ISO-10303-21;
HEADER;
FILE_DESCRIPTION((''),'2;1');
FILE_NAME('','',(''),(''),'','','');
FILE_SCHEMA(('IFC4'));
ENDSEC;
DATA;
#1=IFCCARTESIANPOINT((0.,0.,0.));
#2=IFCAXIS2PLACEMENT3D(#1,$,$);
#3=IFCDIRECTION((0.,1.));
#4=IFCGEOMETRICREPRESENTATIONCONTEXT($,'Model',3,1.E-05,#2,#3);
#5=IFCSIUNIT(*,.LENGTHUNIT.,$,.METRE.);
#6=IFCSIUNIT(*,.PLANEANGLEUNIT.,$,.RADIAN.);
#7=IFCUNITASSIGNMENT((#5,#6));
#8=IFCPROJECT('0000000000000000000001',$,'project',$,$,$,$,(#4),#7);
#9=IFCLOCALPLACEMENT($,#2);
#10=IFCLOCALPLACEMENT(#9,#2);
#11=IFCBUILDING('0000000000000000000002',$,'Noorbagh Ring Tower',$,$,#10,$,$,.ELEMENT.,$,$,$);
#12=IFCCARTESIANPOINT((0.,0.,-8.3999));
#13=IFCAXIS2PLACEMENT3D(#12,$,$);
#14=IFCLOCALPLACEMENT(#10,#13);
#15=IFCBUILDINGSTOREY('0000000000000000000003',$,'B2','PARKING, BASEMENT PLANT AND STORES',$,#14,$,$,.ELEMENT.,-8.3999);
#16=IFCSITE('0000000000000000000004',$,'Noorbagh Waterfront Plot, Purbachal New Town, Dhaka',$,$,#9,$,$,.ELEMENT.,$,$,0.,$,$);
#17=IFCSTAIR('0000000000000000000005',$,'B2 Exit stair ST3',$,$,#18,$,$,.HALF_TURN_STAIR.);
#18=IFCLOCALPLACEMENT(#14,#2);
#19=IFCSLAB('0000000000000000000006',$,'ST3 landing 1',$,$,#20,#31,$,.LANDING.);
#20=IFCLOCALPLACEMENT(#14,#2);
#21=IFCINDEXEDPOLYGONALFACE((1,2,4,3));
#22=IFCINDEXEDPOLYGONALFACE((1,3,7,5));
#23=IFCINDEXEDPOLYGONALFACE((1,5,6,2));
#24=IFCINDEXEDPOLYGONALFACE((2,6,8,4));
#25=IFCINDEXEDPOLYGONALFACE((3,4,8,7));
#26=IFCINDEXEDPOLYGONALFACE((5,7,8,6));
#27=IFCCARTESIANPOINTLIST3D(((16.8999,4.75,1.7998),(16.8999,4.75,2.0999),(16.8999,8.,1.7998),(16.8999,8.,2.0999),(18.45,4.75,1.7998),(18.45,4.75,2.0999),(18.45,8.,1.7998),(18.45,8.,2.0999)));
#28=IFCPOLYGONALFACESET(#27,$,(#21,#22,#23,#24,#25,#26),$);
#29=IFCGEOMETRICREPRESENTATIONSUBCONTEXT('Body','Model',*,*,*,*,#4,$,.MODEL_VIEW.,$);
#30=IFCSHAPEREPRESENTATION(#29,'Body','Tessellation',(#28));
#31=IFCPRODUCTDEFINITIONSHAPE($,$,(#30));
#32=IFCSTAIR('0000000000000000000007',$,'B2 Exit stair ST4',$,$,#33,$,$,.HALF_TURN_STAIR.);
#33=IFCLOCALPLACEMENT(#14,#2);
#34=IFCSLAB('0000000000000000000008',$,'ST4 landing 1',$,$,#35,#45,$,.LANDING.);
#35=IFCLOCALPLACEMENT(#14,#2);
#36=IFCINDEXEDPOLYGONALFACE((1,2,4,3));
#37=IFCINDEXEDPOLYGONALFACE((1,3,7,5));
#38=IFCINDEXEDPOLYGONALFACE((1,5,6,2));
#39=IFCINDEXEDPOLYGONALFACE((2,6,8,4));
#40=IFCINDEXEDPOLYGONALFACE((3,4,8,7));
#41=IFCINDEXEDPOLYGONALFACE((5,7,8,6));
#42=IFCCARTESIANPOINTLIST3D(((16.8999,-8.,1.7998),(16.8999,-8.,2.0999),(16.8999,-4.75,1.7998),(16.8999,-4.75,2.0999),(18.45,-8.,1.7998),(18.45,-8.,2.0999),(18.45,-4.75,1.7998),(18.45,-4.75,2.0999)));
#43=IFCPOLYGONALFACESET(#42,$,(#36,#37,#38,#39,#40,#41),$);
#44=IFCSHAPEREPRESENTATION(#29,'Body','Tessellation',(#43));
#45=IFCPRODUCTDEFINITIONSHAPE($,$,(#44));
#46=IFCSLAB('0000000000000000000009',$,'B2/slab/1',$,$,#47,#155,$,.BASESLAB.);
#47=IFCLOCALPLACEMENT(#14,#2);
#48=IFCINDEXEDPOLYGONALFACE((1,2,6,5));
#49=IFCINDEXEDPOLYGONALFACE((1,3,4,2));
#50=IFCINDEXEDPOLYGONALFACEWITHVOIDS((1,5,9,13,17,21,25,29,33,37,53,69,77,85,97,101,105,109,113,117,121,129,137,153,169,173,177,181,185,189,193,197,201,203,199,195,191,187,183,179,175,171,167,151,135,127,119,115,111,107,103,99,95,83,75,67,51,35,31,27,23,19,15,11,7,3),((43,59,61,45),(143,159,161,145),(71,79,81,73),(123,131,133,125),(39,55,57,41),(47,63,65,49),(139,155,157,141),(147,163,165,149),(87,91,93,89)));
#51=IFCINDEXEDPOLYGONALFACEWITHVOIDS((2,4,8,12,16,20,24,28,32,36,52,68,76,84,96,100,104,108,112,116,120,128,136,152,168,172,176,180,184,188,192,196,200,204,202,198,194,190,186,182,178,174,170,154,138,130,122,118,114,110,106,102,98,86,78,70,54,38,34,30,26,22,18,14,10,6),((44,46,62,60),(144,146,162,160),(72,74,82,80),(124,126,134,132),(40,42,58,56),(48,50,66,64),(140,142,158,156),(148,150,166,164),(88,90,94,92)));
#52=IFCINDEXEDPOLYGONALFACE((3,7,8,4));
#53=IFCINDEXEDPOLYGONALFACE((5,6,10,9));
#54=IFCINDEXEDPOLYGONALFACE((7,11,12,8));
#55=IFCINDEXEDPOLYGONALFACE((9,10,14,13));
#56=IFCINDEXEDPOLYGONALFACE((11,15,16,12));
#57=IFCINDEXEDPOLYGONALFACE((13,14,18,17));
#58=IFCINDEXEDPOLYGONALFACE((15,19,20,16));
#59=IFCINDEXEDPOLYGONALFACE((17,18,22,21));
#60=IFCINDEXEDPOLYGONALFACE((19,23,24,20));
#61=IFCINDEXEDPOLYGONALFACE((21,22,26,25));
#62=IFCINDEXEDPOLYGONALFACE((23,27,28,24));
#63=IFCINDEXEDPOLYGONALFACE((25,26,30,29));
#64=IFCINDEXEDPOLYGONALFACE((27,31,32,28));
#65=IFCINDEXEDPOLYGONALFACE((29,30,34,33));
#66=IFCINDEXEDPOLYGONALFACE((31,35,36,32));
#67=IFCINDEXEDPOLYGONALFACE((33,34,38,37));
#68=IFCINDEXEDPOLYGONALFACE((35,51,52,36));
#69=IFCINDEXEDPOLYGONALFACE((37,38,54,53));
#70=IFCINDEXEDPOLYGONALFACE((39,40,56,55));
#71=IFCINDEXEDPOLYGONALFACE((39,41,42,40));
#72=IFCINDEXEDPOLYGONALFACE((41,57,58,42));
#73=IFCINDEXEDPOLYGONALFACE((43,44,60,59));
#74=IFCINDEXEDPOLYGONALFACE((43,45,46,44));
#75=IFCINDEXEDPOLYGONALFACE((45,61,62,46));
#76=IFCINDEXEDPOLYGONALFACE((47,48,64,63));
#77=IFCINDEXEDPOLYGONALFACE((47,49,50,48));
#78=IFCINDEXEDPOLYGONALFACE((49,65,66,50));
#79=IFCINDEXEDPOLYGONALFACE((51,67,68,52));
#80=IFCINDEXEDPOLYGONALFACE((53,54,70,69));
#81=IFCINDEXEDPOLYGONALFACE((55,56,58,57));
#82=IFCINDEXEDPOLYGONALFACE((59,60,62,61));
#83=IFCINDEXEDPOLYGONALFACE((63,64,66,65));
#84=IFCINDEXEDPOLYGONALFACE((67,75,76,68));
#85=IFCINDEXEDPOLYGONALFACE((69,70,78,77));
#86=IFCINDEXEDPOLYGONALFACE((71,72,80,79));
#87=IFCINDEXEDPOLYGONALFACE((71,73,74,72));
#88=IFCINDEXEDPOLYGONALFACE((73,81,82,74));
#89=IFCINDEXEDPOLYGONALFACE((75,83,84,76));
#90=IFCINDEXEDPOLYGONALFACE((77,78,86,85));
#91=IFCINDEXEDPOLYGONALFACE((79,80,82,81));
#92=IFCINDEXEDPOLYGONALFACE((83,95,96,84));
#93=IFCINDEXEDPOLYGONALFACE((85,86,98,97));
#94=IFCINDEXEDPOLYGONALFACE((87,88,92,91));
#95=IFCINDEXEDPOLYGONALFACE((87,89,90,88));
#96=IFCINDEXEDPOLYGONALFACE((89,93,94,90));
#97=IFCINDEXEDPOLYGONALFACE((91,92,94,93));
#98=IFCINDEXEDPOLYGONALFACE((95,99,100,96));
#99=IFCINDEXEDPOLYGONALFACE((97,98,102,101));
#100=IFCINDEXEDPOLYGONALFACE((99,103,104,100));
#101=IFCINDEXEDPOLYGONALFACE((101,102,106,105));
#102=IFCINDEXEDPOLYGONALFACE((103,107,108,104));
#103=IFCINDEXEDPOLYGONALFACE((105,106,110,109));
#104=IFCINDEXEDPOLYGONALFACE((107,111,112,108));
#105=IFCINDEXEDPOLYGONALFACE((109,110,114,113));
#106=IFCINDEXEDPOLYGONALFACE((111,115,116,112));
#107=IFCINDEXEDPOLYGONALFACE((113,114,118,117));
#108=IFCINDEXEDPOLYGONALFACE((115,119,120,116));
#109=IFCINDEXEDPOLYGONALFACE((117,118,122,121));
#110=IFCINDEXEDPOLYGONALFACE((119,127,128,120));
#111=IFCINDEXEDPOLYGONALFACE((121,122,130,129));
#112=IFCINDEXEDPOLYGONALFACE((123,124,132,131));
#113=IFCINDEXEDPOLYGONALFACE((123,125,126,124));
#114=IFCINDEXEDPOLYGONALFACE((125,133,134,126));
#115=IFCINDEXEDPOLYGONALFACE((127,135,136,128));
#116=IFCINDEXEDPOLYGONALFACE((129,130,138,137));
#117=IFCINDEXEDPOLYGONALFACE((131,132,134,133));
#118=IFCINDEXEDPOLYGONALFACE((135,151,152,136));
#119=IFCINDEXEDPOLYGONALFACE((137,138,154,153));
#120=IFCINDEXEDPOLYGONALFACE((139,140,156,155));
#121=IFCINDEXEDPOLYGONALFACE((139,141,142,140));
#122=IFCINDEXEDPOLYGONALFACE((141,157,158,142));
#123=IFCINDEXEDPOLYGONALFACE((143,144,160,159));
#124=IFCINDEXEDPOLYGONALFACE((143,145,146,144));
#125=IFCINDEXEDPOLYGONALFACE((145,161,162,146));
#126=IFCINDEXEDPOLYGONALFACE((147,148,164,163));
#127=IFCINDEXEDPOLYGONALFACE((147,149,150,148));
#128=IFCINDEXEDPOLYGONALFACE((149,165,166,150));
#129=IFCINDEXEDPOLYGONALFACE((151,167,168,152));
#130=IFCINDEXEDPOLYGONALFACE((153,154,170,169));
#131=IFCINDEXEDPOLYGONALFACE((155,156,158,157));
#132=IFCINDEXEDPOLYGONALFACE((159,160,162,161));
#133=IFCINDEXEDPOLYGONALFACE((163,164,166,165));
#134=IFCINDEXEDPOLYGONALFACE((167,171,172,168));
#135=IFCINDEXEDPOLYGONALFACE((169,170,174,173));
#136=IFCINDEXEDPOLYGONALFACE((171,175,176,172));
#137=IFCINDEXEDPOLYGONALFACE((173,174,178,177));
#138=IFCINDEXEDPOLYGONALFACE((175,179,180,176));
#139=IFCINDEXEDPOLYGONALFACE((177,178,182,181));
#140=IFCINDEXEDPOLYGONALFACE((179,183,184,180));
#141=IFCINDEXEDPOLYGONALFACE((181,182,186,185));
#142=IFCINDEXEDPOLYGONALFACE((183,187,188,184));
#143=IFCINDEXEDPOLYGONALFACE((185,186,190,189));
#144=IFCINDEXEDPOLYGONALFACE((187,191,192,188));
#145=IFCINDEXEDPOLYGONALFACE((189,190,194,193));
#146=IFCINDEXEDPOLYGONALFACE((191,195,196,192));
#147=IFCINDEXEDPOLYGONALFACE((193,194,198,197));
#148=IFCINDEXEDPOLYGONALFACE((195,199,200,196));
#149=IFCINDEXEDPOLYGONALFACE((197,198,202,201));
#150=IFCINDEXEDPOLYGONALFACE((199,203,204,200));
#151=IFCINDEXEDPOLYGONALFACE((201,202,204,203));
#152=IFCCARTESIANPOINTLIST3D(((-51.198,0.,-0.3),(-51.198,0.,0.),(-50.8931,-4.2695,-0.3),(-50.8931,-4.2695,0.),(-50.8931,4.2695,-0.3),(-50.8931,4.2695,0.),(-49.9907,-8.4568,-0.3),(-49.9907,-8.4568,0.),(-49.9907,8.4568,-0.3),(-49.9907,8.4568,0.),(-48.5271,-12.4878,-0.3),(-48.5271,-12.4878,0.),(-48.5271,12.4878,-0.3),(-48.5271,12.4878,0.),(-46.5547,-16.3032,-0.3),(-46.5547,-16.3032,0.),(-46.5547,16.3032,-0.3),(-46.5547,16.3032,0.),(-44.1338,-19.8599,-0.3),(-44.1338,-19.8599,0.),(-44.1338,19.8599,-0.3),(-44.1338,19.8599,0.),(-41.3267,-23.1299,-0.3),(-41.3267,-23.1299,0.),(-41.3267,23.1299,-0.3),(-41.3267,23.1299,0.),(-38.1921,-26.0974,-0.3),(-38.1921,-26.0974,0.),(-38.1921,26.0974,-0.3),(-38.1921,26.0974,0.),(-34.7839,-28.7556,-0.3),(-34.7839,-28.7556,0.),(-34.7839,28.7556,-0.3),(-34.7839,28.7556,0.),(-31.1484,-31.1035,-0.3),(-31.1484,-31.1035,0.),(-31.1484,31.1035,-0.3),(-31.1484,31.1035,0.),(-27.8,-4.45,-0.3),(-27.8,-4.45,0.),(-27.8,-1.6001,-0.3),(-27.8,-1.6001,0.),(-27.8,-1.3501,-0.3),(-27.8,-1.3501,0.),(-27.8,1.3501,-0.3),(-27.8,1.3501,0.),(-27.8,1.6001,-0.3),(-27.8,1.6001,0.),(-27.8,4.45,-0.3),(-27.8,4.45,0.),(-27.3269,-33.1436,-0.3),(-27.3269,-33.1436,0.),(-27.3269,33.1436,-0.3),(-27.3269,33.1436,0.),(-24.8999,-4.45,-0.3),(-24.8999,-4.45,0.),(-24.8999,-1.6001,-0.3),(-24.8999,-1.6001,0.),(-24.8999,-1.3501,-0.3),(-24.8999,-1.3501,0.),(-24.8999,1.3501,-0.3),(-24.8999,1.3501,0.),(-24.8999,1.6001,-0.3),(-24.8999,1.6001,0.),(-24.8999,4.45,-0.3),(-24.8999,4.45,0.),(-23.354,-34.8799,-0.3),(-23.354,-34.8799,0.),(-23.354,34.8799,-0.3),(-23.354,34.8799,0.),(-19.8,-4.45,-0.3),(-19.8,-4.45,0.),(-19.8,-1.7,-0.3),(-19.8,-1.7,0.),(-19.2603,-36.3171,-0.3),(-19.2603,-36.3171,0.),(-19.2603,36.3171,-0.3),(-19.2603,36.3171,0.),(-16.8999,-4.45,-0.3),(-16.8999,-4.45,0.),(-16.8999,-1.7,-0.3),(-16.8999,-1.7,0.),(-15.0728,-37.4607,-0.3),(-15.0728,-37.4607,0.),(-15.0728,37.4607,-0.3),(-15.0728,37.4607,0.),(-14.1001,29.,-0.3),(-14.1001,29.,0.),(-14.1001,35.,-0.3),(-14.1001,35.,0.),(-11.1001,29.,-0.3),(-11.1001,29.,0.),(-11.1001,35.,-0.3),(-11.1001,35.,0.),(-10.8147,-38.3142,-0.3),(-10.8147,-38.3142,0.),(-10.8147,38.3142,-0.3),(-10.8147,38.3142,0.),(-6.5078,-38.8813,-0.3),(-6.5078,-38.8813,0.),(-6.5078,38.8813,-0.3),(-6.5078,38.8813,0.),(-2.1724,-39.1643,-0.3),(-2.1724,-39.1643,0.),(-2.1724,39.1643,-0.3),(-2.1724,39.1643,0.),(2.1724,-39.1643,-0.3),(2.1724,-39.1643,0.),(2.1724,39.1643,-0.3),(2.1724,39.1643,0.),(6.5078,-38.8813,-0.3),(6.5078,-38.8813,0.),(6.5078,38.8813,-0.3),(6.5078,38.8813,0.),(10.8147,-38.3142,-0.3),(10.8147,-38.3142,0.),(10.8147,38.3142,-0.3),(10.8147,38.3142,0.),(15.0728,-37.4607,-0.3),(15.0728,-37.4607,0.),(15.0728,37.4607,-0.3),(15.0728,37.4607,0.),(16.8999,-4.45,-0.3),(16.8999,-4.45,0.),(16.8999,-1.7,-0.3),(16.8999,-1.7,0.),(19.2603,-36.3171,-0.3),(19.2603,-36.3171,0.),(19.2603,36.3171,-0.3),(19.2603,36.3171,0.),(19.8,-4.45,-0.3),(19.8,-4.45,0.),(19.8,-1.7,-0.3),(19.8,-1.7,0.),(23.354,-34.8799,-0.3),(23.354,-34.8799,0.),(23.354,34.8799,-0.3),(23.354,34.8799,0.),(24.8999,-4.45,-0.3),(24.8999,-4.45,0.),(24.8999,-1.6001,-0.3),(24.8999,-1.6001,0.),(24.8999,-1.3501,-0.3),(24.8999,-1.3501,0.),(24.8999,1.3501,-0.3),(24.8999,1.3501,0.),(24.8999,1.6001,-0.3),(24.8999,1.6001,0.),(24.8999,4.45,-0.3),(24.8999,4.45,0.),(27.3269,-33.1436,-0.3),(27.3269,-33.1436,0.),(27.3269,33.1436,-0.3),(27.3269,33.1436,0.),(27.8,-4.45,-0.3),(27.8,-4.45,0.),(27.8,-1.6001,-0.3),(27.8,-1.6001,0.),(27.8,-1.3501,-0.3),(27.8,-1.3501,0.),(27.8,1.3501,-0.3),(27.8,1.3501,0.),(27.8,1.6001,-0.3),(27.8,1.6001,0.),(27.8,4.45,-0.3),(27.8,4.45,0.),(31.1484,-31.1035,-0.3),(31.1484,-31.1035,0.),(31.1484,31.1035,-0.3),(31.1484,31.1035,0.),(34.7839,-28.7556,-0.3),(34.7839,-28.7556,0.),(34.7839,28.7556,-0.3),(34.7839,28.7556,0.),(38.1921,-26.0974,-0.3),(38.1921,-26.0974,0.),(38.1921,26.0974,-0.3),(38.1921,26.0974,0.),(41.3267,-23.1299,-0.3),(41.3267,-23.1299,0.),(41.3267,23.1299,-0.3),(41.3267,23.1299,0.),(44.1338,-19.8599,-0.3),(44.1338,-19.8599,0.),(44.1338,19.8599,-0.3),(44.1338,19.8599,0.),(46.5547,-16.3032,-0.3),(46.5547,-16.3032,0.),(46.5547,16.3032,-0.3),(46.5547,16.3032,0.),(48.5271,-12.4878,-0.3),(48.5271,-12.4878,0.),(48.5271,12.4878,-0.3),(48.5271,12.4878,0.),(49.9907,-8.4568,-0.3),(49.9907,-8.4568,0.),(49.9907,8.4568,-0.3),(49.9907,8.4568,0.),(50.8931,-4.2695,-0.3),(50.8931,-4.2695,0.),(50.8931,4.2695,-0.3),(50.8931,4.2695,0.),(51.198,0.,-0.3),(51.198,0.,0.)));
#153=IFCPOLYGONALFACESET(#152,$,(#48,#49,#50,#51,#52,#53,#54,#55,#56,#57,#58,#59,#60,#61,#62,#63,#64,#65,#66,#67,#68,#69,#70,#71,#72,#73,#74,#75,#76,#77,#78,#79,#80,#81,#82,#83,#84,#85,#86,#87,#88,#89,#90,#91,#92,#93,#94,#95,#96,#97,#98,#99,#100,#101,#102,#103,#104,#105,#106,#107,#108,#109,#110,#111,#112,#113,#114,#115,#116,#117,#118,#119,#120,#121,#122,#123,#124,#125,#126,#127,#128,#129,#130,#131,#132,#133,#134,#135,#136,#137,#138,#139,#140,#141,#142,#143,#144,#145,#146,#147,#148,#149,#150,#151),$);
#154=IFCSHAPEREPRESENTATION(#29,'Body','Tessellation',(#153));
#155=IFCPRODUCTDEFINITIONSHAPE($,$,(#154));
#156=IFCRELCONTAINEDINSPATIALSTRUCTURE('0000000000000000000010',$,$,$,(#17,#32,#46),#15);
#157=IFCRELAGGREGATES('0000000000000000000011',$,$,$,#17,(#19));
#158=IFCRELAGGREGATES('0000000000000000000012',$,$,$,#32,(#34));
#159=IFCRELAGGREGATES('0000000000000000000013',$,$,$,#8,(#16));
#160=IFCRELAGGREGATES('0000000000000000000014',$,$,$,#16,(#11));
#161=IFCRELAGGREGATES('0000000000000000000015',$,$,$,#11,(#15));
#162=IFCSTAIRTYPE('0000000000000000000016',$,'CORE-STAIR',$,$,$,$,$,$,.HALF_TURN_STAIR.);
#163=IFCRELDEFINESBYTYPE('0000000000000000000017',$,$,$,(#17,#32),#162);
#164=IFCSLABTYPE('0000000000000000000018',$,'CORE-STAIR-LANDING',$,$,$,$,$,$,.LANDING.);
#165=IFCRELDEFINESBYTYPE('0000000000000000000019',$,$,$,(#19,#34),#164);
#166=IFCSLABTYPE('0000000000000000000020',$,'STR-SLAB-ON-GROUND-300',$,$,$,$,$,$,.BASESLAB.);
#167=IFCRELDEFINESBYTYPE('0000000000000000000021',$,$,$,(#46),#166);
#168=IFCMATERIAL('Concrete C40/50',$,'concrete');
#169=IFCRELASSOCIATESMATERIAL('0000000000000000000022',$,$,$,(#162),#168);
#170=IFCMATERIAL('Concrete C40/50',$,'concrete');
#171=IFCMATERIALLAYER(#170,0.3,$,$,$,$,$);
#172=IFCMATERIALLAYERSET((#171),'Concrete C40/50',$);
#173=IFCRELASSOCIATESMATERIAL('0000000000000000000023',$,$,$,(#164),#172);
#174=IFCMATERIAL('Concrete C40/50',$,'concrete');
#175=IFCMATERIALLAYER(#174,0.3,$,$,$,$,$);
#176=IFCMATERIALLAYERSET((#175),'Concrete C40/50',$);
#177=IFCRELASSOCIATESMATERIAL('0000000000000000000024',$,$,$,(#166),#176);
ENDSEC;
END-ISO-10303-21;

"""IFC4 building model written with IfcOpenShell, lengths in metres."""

from ifc_helpers import new_model, si_unit, direction, frame, origin, place, context, subcontext, project, spatial, polyline, outline, extrude, material, layer, layer_set, type_object, element, aggregate, save


model = new_model("IFC4")

# Units and contexts
model_context = context("Model", 3, precision=1e-05, world=origin(), true_north=direction((0.0, 1.0)))
body_context = subcontext(model_context, "Body", "Model", "MODEL_VIEW")
ifc_project = project(units=[si_unit("LENGTHUNIT", "METRE"), si_unit("PLANEANGLEUNIT", "RADIAN")], contexts=[model_context])

# Site, building, storey
site_placement = place(None, origin())
site = spatial("IfcSite", under=ifc_project, at=site_placement, Name="Noorbagh Waterfront Plot, Purbachal New Town, Dhaka", CompositionType="ELEMENT", RefElevation=0.0)
building_placement = place(site_placement, origin())
building = spatial("IfcBuilding", under=site, at=building_placement, Name="Noorbagh Ring Tower", CompositionType="ELEMENT")
storey_placement = place(building_placement, frame((0.0, 0.0, -8.3999)))
storey = spatial("IfcBuildingStorey", under=building, at=storey_placement, Name="B2", Description="PARKING, BASEMENT PLANT AND STORES", CompositionType="ELEMENT", Elevation=-8.3999)

# Stairs, slabs
ifc_material_1 = material(Name="Concrete C40/50", Category="concrete")
stair_type = type_object("IfcStairType", Name="CORE-STAIR", PredefinedType="HALF_TURN_STAIR", material=ifc_material_1)
ifc_material_2 = material(Name="Concrete C40/50", Category="concrete")
ifc_layer_1 = layer(ifc_material_2, 0.3)
ifc_layer_set_1 = layer_set([ifc_layer_1], Name="Concrete C40/50")
slab_type_1 = type_object("IfcSlabType", Name="CORE-STAIR-LANDING", PredefinedType="LANDING", material=ifc_layer_set_1)
stair_1_placement = place(storey_placement, origin())
stair_1 = element("IfcStair", 1, at=stair_1_placement, inside=storey, type_object=stair_type, Name="B2 Exit stair ST3", PredefinedType="HALF_TURN_STAIR")
slab_1_placement = place(storey_placement, frame((0.0, 0.0, 1.7998)))
slab_1 = element("IfcSlab", 2, at=slab_1_placement, type_object=slab_type_1, Name="ST3 landing 1", PredefinedType="LANDING", context=body_context, shape_type="SweptSolid", body=[
    extrude(outline(polyline([(18.45, 8.0), (16.8999, 8.0), (16.8999, 4.75), (18.45, 4.75), (18.45, 8.0)])), origin(), (0.0, 0.0, 1.0), 0.3),
])
aggregate(stair_1, [slab_1])
stair_2_placement = place(storey_placement, origin())
stair_2 = element("IfcStair", 3, at=stair_2_placement, inside=storey, type_object=stair_type, Name="B2 Exit stair ST4", PredefinedType="HALF_TURN_STAIR")
slab_2_placement = place(storey_placement, frame((0.0, 0.0, 1.7998)))
slab_2 = element("IfcSlab", 4, at=slab_2_placement, type_object=slab_type_1, Name="ST4 landing 1", PredefinedType="LANDING", context=body_context, shape_type="SweptSolid", body=[
    extrude(outline(polyline([(18.45, -4.75), (16.8999, -4.75), (16.8999, -8.0), (18.45, -8.0), (18.45, -4.75)])), origin(), (0.0, 0.0, 1.0), 0.3),
])
aggregate(stair_2, [slab_2])

# Slab
ifc_material_3 = material(Name="Concrete C40/50", Category="concrete")
ifc_layer_2 = layer(ifc_material_3, 0.3)
ifc_layer_set_2 = layer_set([ifc_layer_2], Name="Concrete C40/50")
slab_type_2 = type_object("IfcSlabType", Name="STR-SLAB-ON-GROUND-300", PredefinedType="BASESLAB", material=ifc_layer_set_2)
slab_3_placement = place(storey_placement, frame((0.0, 0.0, -0.3)))
element("IfcSlab", 5, at=slab_3_placement, inside=storey, type_object=slab_type_2, Name="B2/slab/1", PredefinedType="BASESLAB", context=body_context, shape_type="SweptSolid", body=[
    extrude(outline(polyline([(51.198, 0.0), (50.8931, 4.2695), (49.9907, 8.4568), (48.5271, 12.4878), (46.5547, 16.3032), (44.1338, 19.8599), (41.3267, 23.1299), (38.1921, 26.0974), (34.7839, 28.7556), (31.1484, 31.1035), (27.3269, 33.1436), (23.354, 34.8799), (19.2603, 36.3171), (15.0728, 37.4607), (10.8147, 38.3142), (6.5078, 38.8813), (2.1724, 39.1643), (-2.1724, 39.1643), (-6.5078, 38.8813), (-10.8147, 38.3142), (-15.0728, 37.4607), (-19.2603, 36.3171), (-23.354, 34.8799), (-27.3269, 33.1436), (-31.1484, 31.1035), (-34.7839, 28.7556), (-38.1921, 26.0974), (-41.3267, 23.1299), (-44.1338, 19.8599), (-46.5547, 16.3032), (-48.5271, 12.4878), (-49.9907, 8.4568), (-50.8931, 4.2695), (-51.198, 0.0), (-50.8931, -4.2695), (-49.9907, -8.4568), (-48.5271, -12.4878), (-46.5547, -16.3032), (-44.1338, -19.8599), (-41.3267, -23.1299), (-38.1921, -26.0974), (-34.7839, -28.7556), (-31.1484, -31.1035), (-27.3269, -33.1436), (-23.354, -34.8799), (-19.2603, -36.3171), (-15.0728, -37.4607), (-10.8147, -38.3142), (-6.5078, -38.8813), (-2.1724, -39.1643), (2.1724, -39.1643), (6.5078, -38.8813), (10.8147, -38.3142), (15.0728, -37.4607), (19.2603, -36.3171), (23.354, -34.8799), (27.3269, -33.1436), (31.1484, -31.1035), (34.7839, -28.7556), (38.1921, -26.0974), (41.3267, -23.1299), (44.1338, -19.8599), (46.5547, -16.3032), (48.5271, -12.4878), (49.9907, -8.4568), (50.8931, -4.2695), (51.198, 0.0)]), holes=[polyline([(24.8999, -4.45), (24.8999, -1.6001), (27.8, -1.6001), (27.8, -4.45), (24.8999, -4.45)]), polyline([(24.8999, -1.3501), (24.8999, 1.3501), (27.8, 1.3501), (27.8, -1.3501), (24.8999, -1.3501)]), polyline([(24.8999, 4.45), (27.8, 4.45), (27.8, 1.6001), (24.8999, 1.6001), (24.8999, 4.45)]), polyline([(16.8999, -4.45), (16.8999, -1.7), (19.8, -1.7), (19.8, -4.45), (16.8999, -4.45)]), polyline([(-14.1001, 35.0), (-11.1001, 35.0), (-11.1001, 29.0), (-14.1001, 29.0), (-14.1001, 35.0)]), polyline([(-16.8999, -1.7), (-16.8999, -4.45), (-19.8, -4.45), (-19.8, -1.7), (-16.8999, -1.7)]), polyline([(-24.8999, -1.6001), (-24.8999, -4.45), (-27.8, -4.45), (-27.8, -1.6001), (-24.8999, -1.6001)]), polyline([(-24.8999, 1.3501), (-24.8999, -1.3501), (-27.8, -1.3501), (-27.8, 1.3501), (-24.8999, 1.3501)]), polyline([(-24.8999, 4.45), (-24.8999, 1.6001), (-27.8, 1.6001), (-27.8, 4.45), (-24.8999, 4.45)])]), origin(), (0.0, 0.0, 1.0), 0.3),
])

save(model, "model.ifc")
